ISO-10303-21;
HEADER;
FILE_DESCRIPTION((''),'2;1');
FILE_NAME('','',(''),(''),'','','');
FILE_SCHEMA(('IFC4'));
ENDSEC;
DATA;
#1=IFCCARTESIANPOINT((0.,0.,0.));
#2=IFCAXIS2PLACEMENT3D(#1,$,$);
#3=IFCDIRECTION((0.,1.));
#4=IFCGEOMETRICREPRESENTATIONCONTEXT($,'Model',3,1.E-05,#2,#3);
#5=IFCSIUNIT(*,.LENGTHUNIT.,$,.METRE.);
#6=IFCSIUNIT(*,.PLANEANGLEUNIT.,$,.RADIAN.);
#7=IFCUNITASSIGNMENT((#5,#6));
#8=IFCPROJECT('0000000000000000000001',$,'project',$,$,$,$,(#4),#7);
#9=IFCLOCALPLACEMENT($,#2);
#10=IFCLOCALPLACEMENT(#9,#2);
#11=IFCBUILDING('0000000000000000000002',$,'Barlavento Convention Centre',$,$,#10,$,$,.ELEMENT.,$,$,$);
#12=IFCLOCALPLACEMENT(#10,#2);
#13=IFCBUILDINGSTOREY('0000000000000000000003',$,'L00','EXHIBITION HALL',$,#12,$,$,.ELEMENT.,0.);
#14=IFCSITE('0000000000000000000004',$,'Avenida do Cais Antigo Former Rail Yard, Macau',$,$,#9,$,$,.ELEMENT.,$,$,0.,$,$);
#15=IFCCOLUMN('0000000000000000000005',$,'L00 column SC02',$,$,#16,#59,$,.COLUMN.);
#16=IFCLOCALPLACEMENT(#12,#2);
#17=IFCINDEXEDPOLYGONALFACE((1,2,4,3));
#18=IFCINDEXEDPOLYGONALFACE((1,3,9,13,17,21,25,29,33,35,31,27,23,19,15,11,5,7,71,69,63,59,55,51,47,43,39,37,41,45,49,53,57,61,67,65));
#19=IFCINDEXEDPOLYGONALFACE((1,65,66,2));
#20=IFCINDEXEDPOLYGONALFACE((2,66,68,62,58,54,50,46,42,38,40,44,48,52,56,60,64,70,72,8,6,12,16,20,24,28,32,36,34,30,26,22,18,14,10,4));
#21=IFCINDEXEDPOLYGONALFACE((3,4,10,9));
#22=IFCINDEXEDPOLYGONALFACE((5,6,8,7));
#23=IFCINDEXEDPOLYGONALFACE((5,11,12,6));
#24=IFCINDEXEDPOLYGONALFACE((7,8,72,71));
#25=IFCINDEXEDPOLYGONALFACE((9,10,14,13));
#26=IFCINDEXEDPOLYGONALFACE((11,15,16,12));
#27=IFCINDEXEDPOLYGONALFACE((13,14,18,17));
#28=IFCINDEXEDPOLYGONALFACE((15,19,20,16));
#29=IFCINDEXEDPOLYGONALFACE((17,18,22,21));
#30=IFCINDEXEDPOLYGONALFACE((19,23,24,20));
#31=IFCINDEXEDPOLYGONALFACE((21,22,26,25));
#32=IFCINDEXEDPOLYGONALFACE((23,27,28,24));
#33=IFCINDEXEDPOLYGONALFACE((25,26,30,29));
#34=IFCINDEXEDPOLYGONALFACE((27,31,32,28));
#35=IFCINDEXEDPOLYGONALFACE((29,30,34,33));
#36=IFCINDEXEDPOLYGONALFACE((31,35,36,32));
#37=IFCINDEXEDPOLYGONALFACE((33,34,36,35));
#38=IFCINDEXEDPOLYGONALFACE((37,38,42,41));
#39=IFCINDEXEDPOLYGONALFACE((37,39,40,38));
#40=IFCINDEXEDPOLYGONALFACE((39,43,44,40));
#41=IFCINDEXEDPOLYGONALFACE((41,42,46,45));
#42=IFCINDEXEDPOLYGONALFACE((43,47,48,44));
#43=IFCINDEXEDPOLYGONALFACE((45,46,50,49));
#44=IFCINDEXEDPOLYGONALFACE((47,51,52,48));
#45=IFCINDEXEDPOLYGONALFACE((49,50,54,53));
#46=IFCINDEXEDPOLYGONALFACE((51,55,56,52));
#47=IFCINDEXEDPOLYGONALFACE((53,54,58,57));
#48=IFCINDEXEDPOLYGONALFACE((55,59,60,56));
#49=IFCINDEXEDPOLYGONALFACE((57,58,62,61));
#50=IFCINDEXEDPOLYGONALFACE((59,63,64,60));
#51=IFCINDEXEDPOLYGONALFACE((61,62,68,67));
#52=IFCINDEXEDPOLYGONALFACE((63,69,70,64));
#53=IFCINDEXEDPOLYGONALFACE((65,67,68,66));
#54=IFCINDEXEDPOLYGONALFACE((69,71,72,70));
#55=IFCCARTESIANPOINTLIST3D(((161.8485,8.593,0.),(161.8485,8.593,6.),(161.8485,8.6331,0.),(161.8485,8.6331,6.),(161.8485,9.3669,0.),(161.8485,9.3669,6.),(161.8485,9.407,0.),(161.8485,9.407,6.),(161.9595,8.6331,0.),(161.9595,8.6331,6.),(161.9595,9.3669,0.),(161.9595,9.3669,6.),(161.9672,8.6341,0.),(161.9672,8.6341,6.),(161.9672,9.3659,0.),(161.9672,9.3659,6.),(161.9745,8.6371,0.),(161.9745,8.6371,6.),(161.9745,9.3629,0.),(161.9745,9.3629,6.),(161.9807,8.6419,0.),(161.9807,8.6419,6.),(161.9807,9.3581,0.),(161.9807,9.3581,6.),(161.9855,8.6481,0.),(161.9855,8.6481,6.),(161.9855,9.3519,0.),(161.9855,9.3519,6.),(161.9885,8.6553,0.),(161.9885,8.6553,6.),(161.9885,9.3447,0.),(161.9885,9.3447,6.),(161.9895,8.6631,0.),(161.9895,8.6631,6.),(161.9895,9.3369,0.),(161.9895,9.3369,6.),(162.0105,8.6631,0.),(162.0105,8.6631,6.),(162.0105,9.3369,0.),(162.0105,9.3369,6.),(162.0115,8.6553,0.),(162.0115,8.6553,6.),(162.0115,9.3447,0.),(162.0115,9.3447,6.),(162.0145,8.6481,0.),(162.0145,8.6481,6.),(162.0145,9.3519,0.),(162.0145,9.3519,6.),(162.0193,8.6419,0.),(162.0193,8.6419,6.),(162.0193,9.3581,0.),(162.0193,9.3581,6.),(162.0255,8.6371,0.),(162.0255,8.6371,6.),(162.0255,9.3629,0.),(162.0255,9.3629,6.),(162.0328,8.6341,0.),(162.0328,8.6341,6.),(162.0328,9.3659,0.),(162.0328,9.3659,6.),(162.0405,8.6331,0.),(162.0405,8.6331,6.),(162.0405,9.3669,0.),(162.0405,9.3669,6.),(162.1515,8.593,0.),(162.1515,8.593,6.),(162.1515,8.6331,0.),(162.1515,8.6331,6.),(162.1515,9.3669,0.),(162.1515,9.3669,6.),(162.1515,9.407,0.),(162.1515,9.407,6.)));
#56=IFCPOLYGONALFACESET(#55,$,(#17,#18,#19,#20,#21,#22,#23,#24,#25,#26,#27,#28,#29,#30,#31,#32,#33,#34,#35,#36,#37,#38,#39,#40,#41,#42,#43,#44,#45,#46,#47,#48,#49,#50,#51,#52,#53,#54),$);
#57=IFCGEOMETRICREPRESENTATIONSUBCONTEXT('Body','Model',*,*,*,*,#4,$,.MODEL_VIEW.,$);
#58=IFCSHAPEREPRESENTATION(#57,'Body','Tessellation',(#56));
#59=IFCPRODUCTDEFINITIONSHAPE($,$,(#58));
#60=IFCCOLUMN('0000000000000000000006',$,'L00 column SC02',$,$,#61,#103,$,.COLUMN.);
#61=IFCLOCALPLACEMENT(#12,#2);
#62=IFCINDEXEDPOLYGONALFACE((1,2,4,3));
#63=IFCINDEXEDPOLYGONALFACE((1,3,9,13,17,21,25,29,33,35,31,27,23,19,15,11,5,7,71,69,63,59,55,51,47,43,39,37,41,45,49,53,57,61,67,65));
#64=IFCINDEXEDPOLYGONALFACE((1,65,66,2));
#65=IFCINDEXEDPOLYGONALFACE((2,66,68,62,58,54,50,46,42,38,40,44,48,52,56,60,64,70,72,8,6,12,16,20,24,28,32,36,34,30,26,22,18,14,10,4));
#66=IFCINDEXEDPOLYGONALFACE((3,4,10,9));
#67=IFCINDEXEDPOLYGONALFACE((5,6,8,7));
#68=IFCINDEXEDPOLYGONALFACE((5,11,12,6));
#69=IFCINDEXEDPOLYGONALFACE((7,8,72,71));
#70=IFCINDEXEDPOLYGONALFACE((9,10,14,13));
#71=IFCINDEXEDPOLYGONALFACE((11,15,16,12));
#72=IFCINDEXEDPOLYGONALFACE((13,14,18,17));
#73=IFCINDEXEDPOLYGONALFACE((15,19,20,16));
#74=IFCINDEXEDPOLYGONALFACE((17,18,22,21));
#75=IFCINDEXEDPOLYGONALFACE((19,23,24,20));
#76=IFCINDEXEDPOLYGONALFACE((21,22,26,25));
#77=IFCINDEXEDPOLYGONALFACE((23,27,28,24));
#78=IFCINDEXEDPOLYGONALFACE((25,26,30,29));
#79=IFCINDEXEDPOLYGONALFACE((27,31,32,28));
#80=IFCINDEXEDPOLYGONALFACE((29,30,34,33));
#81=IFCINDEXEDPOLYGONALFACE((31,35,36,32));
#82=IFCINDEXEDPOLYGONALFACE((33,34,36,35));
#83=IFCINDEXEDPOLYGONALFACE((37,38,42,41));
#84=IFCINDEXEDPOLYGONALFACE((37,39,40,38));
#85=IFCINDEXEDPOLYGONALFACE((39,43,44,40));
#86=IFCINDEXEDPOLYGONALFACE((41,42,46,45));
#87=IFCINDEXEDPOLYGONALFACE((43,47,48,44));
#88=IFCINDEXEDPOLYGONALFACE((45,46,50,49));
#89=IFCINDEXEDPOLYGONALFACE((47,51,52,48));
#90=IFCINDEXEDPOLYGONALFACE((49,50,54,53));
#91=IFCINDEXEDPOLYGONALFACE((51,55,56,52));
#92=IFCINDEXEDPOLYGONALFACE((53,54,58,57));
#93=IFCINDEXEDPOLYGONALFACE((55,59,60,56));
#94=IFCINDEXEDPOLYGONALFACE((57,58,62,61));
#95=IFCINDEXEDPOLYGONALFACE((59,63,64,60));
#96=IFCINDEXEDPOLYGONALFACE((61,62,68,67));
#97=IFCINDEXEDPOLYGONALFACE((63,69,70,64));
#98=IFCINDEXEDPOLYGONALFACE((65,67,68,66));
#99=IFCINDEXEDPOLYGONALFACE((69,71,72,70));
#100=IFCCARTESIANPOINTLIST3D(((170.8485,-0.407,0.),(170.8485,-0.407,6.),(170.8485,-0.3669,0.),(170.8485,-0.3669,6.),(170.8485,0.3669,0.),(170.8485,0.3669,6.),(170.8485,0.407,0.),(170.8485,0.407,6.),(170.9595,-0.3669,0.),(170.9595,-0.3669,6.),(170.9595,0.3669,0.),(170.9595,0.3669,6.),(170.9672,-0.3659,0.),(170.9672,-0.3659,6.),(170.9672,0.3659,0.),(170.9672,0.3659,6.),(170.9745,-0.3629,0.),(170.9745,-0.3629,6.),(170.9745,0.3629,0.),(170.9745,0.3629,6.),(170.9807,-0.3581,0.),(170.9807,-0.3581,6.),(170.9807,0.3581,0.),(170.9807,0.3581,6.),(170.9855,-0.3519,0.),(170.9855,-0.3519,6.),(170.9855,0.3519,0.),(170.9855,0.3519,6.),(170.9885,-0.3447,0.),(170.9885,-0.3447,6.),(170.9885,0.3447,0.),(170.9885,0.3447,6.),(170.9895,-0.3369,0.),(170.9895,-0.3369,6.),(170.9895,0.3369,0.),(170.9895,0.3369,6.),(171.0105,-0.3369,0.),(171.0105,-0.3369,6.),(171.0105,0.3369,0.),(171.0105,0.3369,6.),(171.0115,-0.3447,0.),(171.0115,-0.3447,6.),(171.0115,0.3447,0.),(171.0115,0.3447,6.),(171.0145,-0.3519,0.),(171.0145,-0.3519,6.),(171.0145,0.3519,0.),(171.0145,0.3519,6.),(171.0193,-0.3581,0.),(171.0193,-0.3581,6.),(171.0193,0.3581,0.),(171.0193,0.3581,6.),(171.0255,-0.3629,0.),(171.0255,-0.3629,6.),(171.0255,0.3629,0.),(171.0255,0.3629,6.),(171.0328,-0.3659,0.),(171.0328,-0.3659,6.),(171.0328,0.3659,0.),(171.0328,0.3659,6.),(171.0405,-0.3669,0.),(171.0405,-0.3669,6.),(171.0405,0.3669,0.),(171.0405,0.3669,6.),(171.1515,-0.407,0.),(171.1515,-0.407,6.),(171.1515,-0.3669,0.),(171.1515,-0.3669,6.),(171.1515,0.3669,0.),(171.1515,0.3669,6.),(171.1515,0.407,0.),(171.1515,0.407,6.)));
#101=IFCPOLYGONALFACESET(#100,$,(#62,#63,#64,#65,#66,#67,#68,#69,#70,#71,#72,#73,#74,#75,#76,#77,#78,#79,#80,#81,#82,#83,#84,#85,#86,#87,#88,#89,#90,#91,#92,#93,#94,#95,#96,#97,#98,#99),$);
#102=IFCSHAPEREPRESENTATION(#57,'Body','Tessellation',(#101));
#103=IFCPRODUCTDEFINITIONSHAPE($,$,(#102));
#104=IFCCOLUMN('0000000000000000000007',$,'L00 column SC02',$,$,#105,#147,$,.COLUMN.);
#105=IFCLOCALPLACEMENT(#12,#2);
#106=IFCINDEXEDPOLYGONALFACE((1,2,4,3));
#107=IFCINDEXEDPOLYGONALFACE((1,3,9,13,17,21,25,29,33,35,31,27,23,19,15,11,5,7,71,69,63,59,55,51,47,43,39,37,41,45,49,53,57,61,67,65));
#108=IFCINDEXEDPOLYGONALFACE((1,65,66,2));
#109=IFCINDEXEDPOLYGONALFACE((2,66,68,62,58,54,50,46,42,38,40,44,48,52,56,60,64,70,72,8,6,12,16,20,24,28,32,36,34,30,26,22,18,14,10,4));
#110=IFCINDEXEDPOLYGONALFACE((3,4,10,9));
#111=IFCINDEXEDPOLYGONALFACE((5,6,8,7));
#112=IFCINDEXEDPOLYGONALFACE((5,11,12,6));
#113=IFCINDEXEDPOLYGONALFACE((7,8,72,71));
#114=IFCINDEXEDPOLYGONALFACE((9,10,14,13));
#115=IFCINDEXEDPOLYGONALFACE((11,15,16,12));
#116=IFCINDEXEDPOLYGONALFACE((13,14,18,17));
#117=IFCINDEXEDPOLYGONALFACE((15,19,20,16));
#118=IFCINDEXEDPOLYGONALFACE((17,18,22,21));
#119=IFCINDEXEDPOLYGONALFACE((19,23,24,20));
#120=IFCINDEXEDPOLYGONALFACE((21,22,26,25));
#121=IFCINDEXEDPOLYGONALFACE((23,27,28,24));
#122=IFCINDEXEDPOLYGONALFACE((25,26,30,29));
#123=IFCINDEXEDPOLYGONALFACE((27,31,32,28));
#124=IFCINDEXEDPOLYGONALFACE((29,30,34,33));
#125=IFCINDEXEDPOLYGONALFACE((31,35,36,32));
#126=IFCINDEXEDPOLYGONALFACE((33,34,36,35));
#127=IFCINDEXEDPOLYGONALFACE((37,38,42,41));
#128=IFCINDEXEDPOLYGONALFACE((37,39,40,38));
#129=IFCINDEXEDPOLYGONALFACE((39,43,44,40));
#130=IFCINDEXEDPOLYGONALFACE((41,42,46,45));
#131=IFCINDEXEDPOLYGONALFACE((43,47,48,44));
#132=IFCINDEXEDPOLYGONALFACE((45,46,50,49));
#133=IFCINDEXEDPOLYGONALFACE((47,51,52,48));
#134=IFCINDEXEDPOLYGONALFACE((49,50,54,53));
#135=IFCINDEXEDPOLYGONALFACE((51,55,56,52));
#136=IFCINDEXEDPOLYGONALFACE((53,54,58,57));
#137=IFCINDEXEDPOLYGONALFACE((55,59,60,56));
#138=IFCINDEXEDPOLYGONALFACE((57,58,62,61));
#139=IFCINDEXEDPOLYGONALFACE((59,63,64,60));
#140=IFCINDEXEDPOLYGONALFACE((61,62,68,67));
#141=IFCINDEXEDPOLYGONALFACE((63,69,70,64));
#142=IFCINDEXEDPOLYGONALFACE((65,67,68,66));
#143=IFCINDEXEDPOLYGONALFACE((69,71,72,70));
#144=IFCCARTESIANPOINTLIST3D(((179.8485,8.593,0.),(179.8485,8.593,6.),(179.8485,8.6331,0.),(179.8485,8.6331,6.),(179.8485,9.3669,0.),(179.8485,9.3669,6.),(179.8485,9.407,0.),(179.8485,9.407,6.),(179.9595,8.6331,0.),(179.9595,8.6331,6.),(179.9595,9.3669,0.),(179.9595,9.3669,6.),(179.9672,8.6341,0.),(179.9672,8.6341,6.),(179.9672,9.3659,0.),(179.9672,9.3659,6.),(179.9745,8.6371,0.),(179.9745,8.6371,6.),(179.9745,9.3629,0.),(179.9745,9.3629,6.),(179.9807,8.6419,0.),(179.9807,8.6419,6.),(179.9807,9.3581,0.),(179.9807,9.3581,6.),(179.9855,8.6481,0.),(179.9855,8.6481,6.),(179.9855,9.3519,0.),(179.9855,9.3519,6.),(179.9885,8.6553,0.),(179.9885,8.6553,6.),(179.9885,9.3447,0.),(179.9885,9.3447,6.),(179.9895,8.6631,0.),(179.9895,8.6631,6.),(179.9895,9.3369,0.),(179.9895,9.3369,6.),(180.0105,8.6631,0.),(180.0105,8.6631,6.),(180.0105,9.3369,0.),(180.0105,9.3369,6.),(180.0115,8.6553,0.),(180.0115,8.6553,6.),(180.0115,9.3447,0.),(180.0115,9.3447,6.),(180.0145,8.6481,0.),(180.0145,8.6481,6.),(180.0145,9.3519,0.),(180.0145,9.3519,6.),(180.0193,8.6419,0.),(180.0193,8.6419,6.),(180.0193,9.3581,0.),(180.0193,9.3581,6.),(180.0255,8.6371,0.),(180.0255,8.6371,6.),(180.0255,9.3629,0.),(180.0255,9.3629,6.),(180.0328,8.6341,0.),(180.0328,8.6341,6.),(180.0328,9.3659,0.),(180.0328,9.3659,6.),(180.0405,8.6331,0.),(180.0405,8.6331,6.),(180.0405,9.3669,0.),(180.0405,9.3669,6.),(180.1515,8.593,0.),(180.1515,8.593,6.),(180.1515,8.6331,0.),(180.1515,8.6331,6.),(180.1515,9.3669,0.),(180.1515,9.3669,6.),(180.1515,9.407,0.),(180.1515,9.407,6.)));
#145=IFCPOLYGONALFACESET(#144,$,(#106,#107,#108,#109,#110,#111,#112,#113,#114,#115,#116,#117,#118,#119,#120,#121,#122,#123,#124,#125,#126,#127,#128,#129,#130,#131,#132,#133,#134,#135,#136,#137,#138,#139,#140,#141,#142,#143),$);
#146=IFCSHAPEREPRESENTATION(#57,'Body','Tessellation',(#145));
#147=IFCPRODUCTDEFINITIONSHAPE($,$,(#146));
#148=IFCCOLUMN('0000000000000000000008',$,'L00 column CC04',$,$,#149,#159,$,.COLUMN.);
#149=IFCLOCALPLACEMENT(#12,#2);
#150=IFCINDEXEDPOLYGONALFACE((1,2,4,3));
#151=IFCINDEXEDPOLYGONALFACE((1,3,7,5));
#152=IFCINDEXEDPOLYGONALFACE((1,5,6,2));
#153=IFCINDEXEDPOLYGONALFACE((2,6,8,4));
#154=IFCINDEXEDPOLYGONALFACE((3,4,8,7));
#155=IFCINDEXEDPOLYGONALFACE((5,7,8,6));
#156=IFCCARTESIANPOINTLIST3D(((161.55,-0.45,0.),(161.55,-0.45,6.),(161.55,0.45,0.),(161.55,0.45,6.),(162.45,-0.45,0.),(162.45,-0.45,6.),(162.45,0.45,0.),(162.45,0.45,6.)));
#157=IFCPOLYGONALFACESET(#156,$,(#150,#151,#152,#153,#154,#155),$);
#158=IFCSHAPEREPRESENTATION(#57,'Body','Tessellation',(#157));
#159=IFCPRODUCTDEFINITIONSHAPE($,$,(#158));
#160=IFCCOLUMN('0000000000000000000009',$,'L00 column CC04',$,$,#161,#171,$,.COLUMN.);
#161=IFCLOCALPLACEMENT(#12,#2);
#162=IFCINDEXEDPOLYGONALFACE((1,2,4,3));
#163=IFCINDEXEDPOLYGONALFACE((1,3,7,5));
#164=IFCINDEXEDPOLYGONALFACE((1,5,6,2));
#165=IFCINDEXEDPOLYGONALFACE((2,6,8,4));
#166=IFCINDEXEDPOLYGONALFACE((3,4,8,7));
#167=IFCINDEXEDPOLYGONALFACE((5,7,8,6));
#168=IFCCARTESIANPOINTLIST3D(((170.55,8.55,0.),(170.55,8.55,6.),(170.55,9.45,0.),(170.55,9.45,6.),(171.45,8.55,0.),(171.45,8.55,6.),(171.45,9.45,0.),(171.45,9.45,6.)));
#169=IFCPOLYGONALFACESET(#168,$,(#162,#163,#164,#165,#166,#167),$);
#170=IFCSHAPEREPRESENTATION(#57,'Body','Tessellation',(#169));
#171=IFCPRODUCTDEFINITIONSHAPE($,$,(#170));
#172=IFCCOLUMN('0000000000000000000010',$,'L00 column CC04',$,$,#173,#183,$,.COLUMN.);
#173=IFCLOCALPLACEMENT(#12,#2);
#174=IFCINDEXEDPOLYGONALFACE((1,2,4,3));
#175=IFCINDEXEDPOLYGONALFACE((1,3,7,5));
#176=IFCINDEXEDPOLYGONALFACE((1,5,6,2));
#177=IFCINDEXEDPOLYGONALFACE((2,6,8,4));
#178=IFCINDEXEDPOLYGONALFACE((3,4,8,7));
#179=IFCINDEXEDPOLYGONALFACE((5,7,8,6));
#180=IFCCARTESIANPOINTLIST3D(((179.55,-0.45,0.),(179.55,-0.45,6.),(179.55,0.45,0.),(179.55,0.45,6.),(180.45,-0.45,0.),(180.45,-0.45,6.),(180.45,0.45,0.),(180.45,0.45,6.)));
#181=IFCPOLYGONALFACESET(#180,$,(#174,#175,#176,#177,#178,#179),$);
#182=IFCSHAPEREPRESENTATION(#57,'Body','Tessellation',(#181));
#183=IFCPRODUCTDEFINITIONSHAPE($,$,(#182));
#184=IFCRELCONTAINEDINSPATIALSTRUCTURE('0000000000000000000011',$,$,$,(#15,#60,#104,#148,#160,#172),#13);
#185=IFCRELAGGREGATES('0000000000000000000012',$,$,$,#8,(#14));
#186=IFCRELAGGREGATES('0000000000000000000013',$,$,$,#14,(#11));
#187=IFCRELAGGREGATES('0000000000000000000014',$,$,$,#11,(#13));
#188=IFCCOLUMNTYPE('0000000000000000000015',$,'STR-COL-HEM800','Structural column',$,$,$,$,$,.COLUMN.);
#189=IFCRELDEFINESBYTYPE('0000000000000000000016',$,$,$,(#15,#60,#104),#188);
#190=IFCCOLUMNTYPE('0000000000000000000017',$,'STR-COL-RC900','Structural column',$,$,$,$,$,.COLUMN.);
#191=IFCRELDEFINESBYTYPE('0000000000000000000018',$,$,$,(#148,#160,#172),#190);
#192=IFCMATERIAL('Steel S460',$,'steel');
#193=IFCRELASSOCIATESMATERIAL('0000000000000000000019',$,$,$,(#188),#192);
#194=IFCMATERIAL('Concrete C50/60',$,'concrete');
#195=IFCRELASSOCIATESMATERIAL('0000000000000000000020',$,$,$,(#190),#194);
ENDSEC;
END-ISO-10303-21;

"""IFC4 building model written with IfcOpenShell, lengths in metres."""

from ifc_helpers import new_model, si_unit, direction, frame, origin, origin_2d, place, context, subcontext, project, spatial, rectangle, i_section, extrude, material, material_profile, profile_set, type_object, element, save


model = new_model("IFC4")

# Units and contexts
model_context = context("Model", 3, precision=1e-05, world=origin(), true_north=direction((0.0, 1.0)))
body_context = subcontext(model_context, "Body", "Model", "MODEL_VIEW")
ifc_project = project(units=[si_unit("LENGTHUNIT", "METRE"), si_unit("PLANEANGLEUNIT", "RADIAN")], contexts=[model_context])

# Site, building, storey
site_placement = place(None, origin())
site = spatial("IfcSite", under=ifc_project, at=site_placement, Name="Avenida do Cais Antigo Former Rail Yard, Macau", CompositionType="ELEMENT", RefElevation=0.0)
building_placement = place(site_placement, origin())
building = spatial("IfcBuilding", under=site, at=building_placement, Name="Barlavento Convention Centre", CompositionType="ELEMENT")
storey_placement = place(building_placement, origin())
storey = spatial("IfcBuildingStorey", under=building, at=storey_placement, Name="L00", Description="EXHIBITION HALL", CompositionType="ELEMENT", Elevation=0.0)

# Columns
ifc_material_1 = material(Name="Steel S460", Category="steel")
ifc_material_profile_1 = material_profile(ifc_material_1, i_section(OverallWidth=0.303, OverallDepth=0.814, WebThickness=0.021, FlangeThickness=0.04, FilletRadius=0.03, at=origin_2d()), Name="HEM 800")
ifc_profile_set_1 = profile_set([ifc_material_profile_1], Name="Steel S460")
column_type_1 = type_object("IfcColumnType", Name="STR-COL-HEM800", Description="Structural column", PredefinedType="COLUMN", material=ifc_profile_set_1)
for number, where, z_axis, x_axis, name in (
    (1, (162.0, 9.0, 0.0), (0.0, 0.0, 1.0), (1.0, 0.0, 0.0), "L00 column SC02"),
    (2, (171.0, 0.0, 0.0), (0.0, 0.0, 1.0), (1.0, 0.0, 0.0), "L00 column SC02"),
    (3, (180.0, 9.0, 0.0), (0.0, 0.0, 1.0), (1.0, 0.0, 0.0), "L00 column SC02"),
):
    element("IfcColumn", number, at=place(storey_placement, frame(where, z_axis=z_axis, x_axis=x_axis)), inside=storey, type_object=column_type_1, Name=name, PredefinedType="COLUMN", context=body_context, shape_type="SweptSolid", body=[
        extrude(i_section(OverallWidth=0.303, OverallDepth=0.814, WebThickness=0.021, FlangeThickness=0.04, FilletRadius=0.03, at=origin_2d()), origin(), (0.0, 0.0, 1.0), 6.0),
    ])
ifc_material_2 = material(Name="Concrete C50/60", Category="concrete")
ifc_material_profile_2 = material_profile(ifc_material_2, rectangle(XDim=0.8999, YDim=0.8999, at=origin_2d()), Name="RC 900x900")
ifc_profile_set_2 = profile_set([ifc_material_profile_2], Name="Concrete C50/60")
column_type_2 = type_object("IfcColumnType", Name="STR-COL-RC900", Description="Structural column", PredefinedType="COLUMN", material=ifc_profile_set_2)
for number, where, z_axis, x_axis, name in (
    (4, (162.0, 0.0, 0.0), (0.0, 0.0, 1.0), (1.0, 0.0, 0.0), "L00 column CC04"),
    (5, (171.0, 9.0, 0.0), (0.0, 0.0, 1.0), (1.0, 0.0, 0.0), "L00 column CC04"),
    (6, (180.0, 0.0, 0.0), (0.0, 0.0, 1.0), (1.0, 0.0, 0.0), "L00 column CC04"),
):
    element("IfcColumn", number, at=place(storey_placement, frame(where, z_axis=z_axis, x_axis=x_axis)), inside=storey, type_object=column_type_2, Name=name, PredefinedType="COLUMN", context=body_context, shape_type="SweptSolid", body=[
        extrude(rectangle(XDim=0.8999, YDim=0.8999, at=origin_2d()), origin(), (0.0, 0.0, 1.0), 6.0),
    ])

save(model, "model.ifc")
